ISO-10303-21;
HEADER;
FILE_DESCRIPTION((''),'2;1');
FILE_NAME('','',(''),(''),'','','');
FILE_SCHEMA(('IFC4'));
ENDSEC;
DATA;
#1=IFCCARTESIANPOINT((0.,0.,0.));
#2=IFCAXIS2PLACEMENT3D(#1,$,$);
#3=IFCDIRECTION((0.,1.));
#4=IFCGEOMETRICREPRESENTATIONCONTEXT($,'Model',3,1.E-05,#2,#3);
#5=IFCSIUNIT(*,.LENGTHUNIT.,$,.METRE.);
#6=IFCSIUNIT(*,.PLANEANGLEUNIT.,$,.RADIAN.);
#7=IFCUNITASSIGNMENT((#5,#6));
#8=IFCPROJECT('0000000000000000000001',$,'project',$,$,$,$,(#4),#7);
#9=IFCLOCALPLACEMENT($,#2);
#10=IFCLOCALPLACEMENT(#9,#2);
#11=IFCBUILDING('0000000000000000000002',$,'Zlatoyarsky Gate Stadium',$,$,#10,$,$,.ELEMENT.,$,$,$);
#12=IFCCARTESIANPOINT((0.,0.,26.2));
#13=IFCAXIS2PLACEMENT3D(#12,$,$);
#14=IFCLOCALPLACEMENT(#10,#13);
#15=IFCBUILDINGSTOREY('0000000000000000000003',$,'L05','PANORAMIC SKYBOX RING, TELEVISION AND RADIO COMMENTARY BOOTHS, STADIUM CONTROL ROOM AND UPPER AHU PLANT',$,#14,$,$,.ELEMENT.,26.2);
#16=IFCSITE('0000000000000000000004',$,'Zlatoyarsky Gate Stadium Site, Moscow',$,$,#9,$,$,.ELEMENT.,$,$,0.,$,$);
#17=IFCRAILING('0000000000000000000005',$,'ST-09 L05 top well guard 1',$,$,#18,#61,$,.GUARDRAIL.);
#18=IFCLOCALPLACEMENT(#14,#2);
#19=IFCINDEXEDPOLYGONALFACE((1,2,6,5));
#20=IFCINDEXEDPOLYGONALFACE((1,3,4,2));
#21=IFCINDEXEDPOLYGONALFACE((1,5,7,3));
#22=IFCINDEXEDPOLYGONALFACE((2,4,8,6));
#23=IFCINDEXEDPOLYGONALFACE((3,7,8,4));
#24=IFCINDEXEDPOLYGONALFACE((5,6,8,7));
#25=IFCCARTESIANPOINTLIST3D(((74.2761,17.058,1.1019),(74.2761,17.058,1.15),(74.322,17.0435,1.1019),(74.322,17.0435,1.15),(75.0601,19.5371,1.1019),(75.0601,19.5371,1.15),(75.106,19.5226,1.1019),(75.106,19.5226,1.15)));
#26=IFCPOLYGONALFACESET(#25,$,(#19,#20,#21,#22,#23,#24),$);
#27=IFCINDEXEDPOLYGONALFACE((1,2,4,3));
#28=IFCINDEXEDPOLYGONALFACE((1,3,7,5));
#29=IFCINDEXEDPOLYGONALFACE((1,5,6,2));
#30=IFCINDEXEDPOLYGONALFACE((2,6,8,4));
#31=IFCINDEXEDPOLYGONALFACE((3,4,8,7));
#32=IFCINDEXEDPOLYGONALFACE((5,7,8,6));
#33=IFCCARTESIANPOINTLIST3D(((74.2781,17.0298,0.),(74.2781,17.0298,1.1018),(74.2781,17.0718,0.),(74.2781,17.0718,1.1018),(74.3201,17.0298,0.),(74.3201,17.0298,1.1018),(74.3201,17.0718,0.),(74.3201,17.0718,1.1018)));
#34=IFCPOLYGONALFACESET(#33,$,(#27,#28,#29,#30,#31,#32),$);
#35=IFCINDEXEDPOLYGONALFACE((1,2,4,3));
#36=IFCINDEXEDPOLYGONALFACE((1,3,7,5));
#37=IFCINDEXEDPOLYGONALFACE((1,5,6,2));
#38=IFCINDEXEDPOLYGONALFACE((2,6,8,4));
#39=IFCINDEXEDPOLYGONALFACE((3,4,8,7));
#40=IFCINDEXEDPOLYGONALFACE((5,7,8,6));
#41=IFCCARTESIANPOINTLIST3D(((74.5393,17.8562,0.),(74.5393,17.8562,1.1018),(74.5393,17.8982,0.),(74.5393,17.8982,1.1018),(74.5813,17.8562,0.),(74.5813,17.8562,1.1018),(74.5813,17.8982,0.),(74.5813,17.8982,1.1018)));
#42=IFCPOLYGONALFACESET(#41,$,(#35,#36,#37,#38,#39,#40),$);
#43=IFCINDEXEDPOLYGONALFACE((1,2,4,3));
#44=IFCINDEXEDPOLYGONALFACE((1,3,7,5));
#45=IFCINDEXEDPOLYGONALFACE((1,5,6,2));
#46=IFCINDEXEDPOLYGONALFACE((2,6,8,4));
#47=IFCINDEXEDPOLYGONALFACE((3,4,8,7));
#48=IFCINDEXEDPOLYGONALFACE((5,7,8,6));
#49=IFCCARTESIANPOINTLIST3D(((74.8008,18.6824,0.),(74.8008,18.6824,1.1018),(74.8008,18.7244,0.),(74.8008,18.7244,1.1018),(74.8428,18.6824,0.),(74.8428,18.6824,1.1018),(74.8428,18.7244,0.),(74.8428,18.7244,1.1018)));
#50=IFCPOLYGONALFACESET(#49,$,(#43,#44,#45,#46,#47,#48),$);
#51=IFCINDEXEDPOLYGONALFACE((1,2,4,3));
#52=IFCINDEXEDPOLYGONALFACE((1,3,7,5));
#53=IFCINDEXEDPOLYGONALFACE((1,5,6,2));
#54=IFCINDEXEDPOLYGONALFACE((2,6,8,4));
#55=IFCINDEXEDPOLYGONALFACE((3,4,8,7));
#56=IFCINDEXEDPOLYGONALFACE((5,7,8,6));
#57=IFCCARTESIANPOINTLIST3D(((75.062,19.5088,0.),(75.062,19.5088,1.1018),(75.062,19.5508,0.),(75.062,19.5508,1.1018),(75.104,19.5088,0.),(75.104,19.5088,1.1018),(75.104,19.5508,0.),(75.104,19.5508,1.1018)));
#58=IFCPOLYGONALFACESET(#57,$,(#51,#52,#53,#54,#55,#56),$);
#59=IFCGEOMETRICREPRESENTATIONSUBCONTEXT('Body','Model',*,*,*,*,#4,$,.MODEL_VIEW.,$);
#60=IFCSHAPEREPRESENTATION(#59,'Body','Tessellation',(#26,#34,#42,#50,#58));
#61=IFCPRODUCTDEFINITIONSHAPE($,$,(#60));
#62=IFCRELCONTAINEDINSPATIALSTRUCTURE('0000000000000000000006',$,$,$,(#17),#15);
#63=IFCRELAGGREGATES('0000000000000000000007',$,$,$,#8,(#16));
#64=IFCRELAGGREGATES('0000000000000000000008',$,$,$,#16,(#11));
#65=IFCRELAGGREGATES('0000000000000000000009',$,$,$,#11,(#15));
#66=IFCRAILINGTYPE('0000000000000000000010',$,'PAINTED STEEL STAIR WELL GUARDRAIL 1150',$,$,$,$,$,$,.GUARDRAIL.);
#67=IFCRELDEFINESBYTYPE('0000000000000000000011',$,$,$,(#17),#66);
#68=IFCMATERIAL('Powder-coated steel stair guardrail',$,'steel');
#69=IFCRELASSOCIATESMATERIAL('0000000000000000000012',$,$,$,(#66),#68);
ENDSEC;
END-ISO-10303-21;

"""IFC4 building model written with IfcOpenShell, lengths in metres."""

from ifc_helpers import new_model, si_unit, direction, frame, origin, origin_2d, place, context, subcontext, project, spatial, rectangle, extrude, material, type_object, element, save


model = new_model("IFC4")

# Units and contexts
model_context = context("Model", 3, precision=1e-05, world=origin(), true_north=direction((0.0, 1.0)))
body_context = subcontext(model_context, "Body", "Model", "MODEL_VIEW")
ifc_project = project(units=[si_unit("LENGTHUNIT", "METRE"), si_unit("PLANEANGLEUNIT", "RADIAN")], contexts=[model_context])

# Site, building, storey
site_placement = place(None, origin())
site = spatial("IfcSite", under=ifc_project, at=site_placement, Name="Zlatoyarsky Gate Stadium Site, Moscow", CompositionType="ELEMENT", RefElevation=0.0)
building_placement = place(site_placement, origin())
building = spatial("IfcBuilding", under=site, at=building_placement, Name="Zlatoyarsky Gate Stadium", CompositionType="ELEMENT")
storey_placement = place(building_placement, frame((0.0, 0.0, 26.2)))
storey = spatial("IfcBuildingStorey", under=building, at=storey_placement, Name="L05", Description="PANORAMIC SKYBOX RING, TELEVISION AND RADIO COMMENTARY BOOTHS, STADIUM CONTROL ROOM AND UPPER AHU PLANT", CompositionType="ELEMENT", Elevation=26.2)

# Railing
ifc_material_1 = material(Name="Powder-coated steel stair guardrail", Category="steel")
railing_type_1 = type_object("IfcRailingType", Name="PAINTED STEEL STAIR WELL GUARDRAIL 1150", PredefinedType="GUARDRAIL", material=ifc_material_1)
railing_1_placement = place(storey_placement, frame((74.2991, 17.0508, 0.0)))
element("IfcRailing", 1, at=railing_1_placement, inside=storey, type_object=railing_type_1, Name="ST-09 L05 top well guard 1", PredefinedType="GUARDRAIL", context=body_context, shape_type="SweptSolid", body=[
    extrude(rectangle(XDim=0.0481, YDim=0.0481, at=origin_2d()), frame((0.0, 0.0, 1.126), z_axis=(0.301513, 0.953462, 0.0), x_axis=(-0.953462, 0.301513, 0.0)), (0.0, 0.0, 1.0), 2.6001),
    extrude(rectangle(XDim=0.042, YDim=0.042, at=origin_2d()), origin(), (0.0, 0.0, 1.0), 1.1018),
    extrude(rectangle(XDim=0.042, YDim=0.042, at=origin_2d()), frame((0.2612, 0.8264, 0.0)), (0.0, 0.0, 1.0), 1.1018),
    extrude(rectangle(XDim=0.042, YDim=0.042, at=origin_2d()), frame((0.5227, 1.6526, 0.0)), (0.0, 0.0, 1.0), 1.1018),
    extrude(rectangle(XDim=0.042, YDim=0.042, at=origin_2d()), frame((0.7839, 2.479, 0.0)), (0.0, 0.0, 1.0), 1.1018),
])

save(model, "model.ifc")
